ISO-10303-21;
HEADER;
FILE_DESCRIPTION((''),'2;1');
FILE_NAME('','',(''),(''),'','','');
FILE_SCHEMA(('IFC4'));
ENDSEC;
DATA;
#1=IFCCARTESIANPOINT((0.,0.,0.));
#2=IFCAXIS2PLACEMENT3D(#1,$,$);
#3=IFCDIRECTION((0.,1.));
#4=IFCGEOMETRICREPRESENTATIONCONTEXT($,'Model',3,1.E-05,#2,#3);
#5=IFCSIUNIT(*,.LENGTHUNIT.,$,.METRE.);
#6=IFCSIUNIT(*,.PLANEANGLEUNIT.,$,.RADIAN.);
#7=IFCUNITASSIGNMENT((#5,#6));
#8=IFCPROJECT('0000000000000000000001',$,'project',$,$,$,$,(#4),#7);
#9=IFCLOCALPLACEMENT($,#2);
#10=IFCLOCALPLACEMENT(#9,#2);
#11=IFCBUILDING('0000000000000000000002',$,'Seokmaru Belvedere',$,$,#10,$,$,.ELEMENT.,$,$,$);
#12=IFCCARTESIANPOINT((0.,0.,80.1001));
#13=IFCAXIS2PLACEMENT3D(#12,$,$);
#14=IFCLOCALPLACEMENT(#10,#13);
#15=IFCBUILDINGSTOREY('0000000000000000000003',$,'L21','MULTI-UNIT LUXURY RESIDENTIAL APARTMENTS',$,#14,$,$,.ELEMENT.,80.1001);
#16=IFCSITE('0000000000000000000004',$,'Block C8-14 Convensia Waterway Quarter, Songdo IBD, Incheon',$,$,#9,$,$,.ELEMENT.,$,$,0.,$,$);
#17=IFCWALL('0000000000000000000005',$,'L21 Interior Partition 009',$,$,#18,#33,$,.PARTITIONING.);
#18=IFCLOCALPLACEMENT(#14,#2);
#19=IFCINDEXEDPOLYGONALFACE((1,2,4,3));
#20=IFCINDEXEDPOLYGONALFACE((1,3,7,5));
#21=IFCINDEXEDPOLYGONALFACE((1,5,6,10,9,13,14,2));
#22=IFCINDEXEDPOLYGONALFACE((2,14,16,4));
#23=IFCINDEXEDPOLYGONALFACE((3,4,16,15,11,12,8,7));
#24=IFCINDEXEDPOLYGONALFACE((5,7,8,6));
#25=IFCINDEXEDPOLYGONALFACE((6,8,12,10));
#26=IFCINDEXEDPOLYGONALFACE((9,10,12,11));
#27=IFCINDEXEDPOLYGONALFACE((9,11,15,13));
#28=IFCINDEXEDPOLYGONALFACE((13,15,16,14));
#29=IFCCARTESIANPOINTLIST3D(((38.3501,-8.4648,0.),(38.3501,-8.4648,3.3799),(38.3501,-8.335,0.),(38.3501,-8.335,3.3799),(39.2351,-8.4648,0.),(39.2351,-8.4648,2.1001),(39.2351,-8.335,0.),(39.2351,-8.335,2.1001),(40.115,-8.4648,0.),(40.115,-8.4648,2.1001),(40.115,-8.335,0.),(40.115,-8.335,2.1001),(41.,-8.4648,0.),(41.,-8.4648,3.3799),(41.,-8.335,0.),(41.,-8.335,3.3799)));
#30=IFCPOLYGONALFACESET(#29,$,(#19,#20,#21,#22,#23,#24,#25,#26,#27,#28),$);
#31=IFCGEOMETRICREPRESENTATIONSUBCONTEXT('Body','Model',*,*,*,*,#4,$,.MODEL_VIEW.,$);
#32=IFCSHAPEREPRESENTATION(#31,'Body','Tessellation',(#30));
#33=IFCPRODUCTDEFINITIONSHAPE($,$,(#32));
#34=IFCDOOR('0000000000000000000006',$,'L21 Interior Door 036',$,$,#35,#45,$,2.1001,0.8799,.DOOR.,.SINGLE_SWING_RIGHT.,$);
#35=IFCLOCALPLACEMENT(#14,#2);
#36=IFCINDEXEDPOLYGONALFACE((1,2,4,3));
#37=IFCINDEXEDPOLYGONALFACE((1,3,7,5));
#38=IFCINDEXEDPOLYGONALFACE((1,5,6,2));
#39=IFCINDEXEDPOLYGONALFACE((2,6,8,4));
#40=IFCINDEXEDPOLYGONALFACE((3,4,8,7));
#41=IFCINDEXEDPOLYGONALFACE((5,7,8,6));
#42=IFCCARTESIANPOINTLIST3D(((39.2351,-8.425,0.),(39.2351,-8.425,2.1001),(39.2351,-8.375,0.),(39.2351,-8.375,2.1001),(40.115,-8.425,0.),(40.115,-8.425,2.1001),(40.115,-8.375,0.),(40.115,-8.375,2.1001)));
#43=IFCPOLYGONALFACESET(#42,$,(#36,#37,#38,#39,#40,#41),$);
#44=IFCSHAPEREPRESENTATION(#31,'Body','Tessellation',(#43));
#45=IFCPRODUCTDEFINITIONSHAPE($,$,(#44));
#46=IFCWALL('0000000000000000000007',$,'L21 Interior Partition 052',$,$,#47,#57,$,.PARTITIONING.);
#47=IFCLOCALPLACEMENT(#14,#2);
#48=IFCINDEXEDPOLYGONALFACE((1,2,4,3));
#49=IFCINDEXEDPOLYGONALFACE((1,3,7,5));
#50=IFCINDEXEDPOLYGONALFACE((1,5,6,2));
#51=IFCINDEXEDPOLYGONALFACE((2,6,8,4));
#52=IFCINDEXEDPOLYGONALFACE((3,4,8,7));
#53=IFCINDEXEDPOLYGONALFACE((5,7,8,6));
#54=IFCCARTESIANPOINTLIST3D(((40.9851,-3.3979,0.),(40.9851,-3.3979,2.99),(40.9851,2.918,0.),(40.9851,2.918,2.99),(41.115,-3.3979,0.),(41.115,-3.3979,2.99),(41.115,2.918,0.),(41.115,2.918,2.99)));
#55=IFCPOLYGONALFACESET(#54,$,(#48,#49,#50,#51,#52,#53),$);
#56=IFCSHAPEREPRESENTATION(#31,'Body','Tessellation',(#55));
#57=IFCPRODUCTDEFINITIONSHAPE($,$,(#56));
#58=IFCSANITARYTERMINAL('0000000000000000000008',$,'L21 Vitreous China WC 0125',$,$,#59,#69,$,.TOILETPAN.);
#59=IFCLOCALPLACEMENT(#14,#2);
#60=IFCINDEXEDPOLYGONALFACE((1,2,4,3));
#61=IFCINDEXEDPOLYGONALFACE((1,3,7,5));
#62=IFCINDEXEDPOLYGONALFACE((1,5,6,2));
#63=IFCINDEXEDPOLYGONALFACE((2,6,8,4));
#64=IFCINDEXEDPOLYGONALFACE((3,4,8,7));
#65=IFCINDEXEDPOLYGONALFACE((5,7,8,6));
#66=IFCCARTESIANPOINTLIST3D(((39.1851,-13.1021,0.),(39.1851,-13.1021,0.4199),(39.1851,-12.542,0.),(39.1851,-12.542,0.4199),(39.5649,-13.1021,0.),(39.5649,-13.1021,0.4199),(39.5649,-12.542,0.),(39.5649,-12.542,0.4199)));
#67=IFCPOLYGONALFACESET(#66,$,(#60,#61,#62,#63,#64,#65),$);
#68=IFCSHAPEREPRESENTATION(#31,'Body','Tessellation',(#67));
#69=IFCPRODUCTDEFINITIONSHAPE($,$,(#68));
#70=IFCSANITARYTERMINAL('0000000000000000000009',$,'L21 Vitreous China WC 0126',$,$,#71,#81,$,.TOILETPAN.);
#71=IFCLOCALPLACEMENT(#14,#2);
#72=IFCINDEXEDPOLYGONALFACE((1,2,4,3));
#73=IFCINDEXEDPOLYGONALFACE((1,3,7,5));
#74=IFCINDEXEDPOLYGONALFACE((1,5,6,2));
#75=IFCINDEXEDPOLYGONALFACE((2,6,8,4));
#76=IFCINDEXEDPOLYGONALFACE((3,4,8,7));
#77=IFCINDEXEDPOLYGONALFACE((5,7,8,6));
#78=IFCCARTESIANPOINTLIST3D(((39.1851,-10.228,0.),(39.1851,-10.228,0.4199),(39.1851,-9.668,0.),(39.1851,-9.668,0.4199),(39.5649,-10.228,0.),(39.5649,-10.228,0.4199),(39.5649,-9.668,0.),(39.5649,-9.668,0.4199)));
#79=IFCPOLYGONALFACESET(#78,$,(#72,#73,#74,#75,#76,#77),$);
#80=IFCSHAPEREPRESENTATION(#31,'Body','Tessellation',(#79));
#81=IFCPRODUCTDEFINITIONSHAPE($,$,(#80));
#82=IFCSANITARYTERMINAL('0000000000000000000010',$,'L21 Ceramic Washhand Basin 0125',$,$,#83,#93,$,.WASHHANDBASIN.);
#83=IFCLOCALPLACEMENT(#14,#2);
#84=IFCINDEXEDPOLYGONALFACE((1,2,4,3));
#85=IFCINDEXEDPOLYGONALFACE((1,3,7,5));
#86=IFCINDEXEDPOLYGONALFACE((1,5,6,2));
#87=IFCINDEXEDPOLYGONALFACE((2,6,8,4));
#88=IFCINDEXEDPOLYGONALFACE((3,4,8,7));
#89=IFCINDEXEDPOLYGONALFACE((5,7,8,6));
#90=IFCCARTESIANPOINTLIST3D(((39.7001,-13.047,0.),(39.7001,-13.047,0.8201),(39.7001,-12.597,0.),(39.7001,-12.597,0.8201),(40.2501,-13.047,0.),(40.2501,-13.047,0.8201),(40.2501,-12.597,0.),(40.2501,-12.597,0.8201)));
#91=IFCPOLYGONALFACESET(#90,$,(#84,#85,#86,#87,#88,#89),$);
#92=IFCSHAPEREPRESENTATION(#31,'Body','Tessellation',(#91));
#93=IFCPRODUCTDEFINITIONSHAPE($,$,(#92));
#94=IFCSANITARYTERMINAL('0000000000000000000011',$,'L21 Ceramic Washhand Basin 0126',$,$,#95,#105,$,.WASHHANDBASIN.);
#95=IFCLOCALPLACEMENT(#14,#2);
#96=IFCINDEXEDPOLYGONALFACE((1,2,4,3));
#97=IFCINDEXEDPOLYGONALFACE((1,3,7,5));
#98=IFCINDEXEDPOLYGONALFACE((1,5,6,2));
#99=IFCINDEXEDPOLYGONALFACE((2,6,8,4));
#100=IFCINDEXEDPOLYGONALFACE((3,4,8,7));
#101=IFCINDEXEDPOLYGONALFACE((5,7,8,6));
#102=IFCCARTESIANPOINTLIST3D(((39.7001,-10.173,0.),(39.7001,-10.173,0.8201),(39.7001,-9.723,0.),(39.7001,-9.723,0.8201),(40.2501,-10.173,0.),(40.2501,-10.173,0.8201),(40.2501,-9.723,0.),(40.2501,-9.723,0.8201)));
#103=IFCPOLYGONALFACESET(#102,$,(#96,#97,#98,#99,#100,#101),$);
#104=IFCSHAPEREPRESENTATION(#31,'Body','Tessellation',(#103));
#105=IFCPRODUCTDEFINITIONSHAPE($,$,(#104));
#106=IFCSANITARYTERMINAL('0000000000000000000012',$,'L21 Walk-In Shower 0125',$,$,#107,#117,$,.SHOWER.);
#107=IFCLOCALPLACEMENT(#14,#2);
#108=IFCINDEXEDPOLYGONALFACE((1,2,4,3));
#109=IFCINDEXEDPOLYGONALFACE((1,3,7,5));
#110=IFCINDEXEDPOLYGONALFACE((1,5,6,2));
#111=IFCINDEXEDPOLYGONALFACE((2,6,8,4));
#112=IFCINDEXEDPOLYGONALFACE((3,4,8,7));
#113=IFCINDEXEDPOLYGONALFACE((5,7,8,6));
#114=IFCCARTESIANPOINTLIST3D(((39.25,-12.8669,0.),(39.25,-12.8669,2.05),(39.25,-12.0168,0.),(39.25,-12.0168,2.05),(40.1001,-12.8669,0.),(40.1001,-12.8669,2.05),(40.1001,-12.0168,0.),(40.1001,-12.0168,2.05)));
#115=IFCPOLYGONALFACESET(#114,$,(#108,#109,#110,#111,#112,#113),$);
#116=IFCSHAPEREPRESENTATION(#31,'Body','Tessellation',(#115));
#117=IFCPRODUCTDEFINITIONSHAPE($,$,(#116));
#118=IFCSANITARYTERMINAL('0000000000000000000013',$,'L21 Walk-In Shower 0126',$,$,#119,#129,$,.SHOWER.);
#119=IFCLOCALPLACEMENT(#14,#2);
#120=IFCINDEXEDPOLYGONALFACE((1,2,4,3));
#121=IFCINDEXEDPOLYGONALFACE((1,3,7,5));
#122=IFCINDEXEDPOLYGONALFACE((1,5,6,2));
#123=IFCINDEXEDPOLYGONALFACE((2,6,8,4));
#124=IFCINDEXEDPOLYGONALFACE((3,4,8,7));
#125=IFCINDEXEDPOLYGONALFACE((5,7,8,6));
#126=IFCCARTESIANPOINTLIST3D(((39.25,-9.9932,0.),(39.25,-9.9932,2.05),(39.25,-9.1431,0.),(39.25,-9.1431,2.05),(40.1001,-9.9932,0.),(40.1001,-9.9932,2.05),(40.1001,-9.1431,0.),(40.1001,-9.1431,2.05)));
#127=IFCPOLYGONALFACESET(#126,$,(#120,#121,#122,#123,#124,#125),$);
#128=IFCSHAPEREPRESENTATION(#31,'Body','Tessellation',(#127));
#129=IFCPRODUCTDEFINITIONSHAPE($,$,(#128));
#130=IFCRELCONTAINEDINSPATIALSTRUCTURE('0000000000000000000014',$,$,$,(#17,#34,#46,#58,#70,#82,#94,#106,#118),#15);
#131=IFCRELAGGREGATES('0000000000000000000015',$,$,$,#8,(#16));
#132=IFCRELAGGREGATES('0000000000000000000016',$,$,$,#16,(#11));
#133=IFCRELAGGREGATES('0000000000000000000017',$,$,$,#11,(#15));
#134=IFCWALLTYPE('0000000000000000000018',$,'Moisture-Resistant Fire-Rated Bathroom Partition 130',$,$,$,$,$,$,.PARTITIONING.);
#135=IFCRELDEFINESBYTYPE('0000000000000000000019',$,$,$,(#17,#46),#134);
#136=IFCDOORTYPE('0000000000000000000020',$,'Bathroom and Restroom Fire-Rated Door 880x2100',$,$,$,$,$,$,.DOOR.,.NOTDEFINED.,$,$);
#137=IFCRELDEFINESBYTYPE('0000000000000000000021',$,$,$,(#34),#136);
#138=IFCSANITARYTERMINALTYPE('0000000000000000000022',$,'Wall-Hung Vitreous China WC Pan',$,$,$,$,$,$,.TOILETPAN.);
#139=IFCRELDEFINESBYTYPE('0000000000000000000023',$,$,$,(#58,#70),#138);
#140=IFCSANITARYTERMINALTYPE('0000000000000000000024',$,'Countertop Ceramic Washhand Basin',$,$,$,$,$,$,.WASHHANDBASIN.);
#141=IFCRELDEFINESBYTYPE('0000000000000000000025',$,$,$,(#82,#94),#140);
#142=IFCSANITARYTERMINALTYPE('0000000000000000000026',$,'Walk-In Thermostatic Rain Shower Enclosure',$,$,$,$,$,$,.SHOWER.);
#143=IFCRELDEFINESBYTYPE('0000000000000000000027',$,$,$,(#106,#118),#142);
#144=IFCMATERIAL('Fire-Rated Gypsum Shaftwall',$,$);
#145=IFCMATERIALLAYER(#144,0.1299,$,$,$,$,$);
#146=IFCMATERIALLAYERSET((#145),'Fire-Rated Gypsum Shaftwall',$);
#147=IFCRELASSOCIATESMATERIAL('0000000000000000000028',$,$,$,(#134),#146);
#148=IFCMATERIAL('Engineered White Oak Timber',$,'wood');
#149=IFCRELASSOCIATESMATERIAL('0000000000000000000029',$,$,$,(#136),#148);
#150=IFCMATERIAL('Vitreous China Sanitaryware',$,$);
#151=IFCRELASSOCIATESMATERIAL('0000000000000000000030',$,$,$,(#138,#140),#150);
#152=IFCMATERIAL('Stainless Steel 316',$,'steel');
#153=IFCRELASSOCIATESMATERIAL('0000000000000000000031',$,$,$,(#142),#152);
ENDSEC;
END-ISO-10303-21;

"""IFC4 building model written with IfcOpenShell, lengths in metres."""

from ifc_helpers import new_model, si_unit, direction, frame, frame_2d, origin, origin_2d, place, context, subcontext, project, spatial, rectangle, extrude, source, transform, mapped, material, layer, layer_set, type_object, type_shapes, element, fill, save


model = new_model("IFC4")

# Units and contexts
model_context = context("Model", 3, precision=1e-05, world=origin(), true_north=direction((0.0, 1.0)))
body_context = subcontext(model_context, "Body", "Model", "MODEL_VIEW")
ifc_project = project(units=[si_unit("LENGTHUNIT", "METRE"), si_unit("PLANEANGLEUNIT", "RADIAN")], contexts=[model_context])

# Site, building, storey
site_placement = place(None, origin())
site = spatial("IfcSite", under=ifc_project, at=site_placement, Name="Block C8-14 Convensia Waterway Quarter, Songdo IBD, Incheon", CompositionType="ELEMENT", RefElevation=0.0)
building_placement = place(site_placement, origin())
building = spatial("IfcBuilding", under=site, at=building_placement, Name="Seokmaru Belvedere", CompositionType="ELEMENT")
storey_placement = place(building_placement, frame((0.0, 0.0, 80.1001)))
storey = spatial("IfcBuildingStorey", under=building, at=storey_placement, Name="L21", Description="MULTI-UNIT LUXURY RESIDENTIAL APARTMENTS", CompositionType="ELEMENT", Elevation=80.1001)

# Shared definitions
ifc_material_1 = material(Name="Fire-Rated Gypsum Shaftwall")
ifc_material_2 = material(Name="Engineered White Oak Timber", Category="wood")

# Wall, opening, door
ifc_layer_1 = layer(ifc_material_1, 0.1299)
ifc_layer_set_1 = layer_set([ifc_layer_1], Name="Fire-Rated Gypsum Shaftwall")
wall_type_1 = type_object("IfcWallType", Name="Moisture-Resistant Fire-Rated Bathroom Partition 130", PredefinedType="PARTITIONING", material=ifc_layer_set_1)
wall_1_placement = place(storey_placement, frame((38.3501, -8.3999, 0.0), z_axis=(0.0, 0.0, 1.0), x_axis=(1.0, 0.0, 0.0)))
wall_1 = element("IfcWall", 1, at=wall_1_placement, inside=storey, type_object=wall_type_1, Name="L21 Interior Partition 009", PredefinedType="PARTITIONING", context=body_context, shape_type="SweptSolid", body=[
    extrude(rectangle(XDim=2.6499, YDim=0.1299, at=frame_2d((1.325, 0.0))), origin(), (0.0, 0.0, 1.0), 3.3799),
])
opening_1_placement = place(wall_1_placement, frame((0.885, 0.0, 0.0)))
opening_1 = element("IfcOpeningElement", 2, at=opening_1_placement, cuts=wall_1, PredefinedType="OPENING", context=body_context, shape_type="SweptSolid", body=[
    extrude(rectangle(XDim=0.8799, YDim=2.1001, at=frame_2d((0.4399, 1.05))), frame((0.0, 0.075, 0.0), z_axis=(0.0, -1.0, 0.0), x_axis=(1.0, 0.0, 0.0)), (0.0, 0.0, 1.0), 0.1499),
])
door_type_1 = type_object("IfcDoorType", Name="Bathroom and Restroom Fire-Rated Door 880x2100", OperationType="NOTDEFINED", PredefinedType="DOOR", material=ifc_material_2)
shared_shape_1 = source(origin(), body_context, "Body", "SweptSolid", [
    extrude(rectangle(XDim=0.8799, YDim=2.1001, at=frame_2d((0.4399, 1.05))), frame((0.0, 0.0249, 0.0), z_axis=(0.0, -1.0, 0.0), x_axis=(1.0, 0.0, 0.0)), (0.0, 0.0, 1.0), 0.05),
])
type_shapes(door_type_1, [shared_shape_1])
door_1_placement = place(opening_1_placement, origin())
door_1 = element("IfcDoor", 3, at=door_1_placement, inside=storey, type_object=door_type_1, Name="L21 Interior Door 036", OperationType="SINGLE_SWING_RIGHT", OverallHeight=2.1001, OverallWidth=0.8799, PredefinedType="DOOR", context=body_context, shape_type="MappedRepresentation", body=[
    mapped(shared_shape_1, transform((0.0, 0.0, 0.0), scale=1.0)),
])
fill(opening_1, door_1)

# Wall
wall_2_placement = place(storey_placement, frame((41.05, -3.3979, 0.0), z_axis=(0.0, 0.0, 1.0), x_axis=(0.0, 1.0, 0.0)))
element("IfcWall", 4, at=wall_2_placement, inside=storey, type_object=wall_type_1, Name="L21 Interior Partition 052", PredefinedType="PARTITIONING", context=body_context, shape_type="SweptSolid", body=[
    extrude(rectangle(XDim=6.3159, YDim=0.1299, at=frame_2d((3.158, 0.0))), origin(), (0.0, 0.0, 1.0), 2.99),
])

# Sanitary terminals
ifc_material_3 = material(Name="Vitreous China Sanitaryware")
sanitary_terminal_type_1 = type_object("IfcSanitaryTerminalType", Name="Wall-Hung Vitreous China WC Pan", PredefinedType="TOILETPAN", material=ifc_material_3)
shared_shape_2 = source(origin(), body_context, "Body", "SweptSolid", [
    extrude(rectangle(XDim=0.3799, YDim=0.5601, at=origin_2d()), origin(), (0.0, 0.0, 1.0), 0.4199),
])
type_shapes(sanitary_terminal_type_1, [shared_shape_2])
for number, where, z_axis, x_axis, name in (
    (5, (39.375, -12.822, 0.0), (0.0, 0.0, 1.0), (1.0, 0.0, 0.0), "L21 Vitreous China WC 0125"),
    (6, (39.375, -9.948, 0.0), (0.0, 0.0, 1.0), (1.0, 0.0, 0.0), "L21 Vitreous China WC 0126"),
):
    element("IfcSanitaryTerminal", number, at=place(storey_placement, frame(where, z_axis=z_axis, x_axis=x_axis)), inside=storey, type_object=sanitary_terminal_type_1, Name=name, PredefinedType="TOILETPAN", context=body_context, shape_type="MappedRepresentation", body=[
        mapped(shared_shape_2, transform((0.0, 0.0, 0.0), scale=1.0)),
    ])
sanitary_terminal_type_2 = type_object("IfcSanitaryTerminalType", Name="Countertop Ceramic Washhand Basin", PredefinedType="WASHHANDBASIN", material=ifc_material_3)
shared_shape_3 = source(origin(), body_context, "Body", "SweptSolid", [
    extrude(rectangle(XDim=0.55, YDim=0.45, at=origin_2d()), origin(), (0.0, 0.0, 1.0), 0.8201),
])
type_shapes(sanitary_terminal_type_2, [shared_shape_3])
for number, where, z_axis, x_axis, name in (
    (7, (39.9751, -12.822, 0.0), (0.0, 0.0, 1.0), (1.0, 0.0, 0.0), "L21 Ceramic Washhand Basin 0125"),
    (8, (39.9751, -9.948, 0.0), (0.0, 0.0, 1.0), (1.0, 0.0, 0.0), "L21 Ceramic Washhand Basin 0126"),
):
    element("IfcSanitaryTerminal", number, at=place(storey_placement, frame(where, z_axis=z_axis, x_axis=x_axis)), inside=storey, type_object=sanitary_terminal_type_2, Name=name, PredefinedType="WASHHANDBASIN", context=body_context, shape_type="MappedRepresentation", body=[
        mapped(shared_shape_3, transform((0.0, 0.0, 0.0), scale=1.0)),
    ])
ifc_material_4 = material(Name="Stainless Steel 316", Category="steel")
sanitary_terminal_type_3 = type_object("IfcSanitaryTerminalType", Name="Walk-In Thermostatic Rain Shower Enclosure", PredefinedType="SHOWER", material=ifc_material_4)
shared_shape_4 = source(origin(), body_context, "Body", "SweptSolid", [
    extrude(rectangle(XDim=0.8501, YDim=0.8501, at=origin_2d()), origin(), (0.0, 0.0, 1.0), 2.05),
])
type_shapes(sanitary_terminal_type_3, [shared_shape_4])
for number, where, z_axis, x_axis, name in (
    (9, (39.675, -12.4419, 0.0), (0.0, 0.0, 1.0), (1.0, 0.0, 0.0), "L21 Walk-In Shower 0125"),
    (10, (39.675, -9.5681, 0.0), (0.0, 0.0, 1.0), (1.0, 0.0, 0.0), "L21 Walk-In Shower 0126"),
):
    element("IfcSanitaryTerminal", number, at=place(storey_placement, frame(where, z_axis=z_axis, x_axis=x_axis)), inside=storey, type_object=sanitary_terminal_type_3, Name=name, PredefinedType="SHOWER", context=body_context, shape_type="MappedRepresentation", body=[
        mapped(shared_shape_4, transform((0.0, 0.0, 0.0), scale=1.0)),
    ])

save(model, "model.ifc")
